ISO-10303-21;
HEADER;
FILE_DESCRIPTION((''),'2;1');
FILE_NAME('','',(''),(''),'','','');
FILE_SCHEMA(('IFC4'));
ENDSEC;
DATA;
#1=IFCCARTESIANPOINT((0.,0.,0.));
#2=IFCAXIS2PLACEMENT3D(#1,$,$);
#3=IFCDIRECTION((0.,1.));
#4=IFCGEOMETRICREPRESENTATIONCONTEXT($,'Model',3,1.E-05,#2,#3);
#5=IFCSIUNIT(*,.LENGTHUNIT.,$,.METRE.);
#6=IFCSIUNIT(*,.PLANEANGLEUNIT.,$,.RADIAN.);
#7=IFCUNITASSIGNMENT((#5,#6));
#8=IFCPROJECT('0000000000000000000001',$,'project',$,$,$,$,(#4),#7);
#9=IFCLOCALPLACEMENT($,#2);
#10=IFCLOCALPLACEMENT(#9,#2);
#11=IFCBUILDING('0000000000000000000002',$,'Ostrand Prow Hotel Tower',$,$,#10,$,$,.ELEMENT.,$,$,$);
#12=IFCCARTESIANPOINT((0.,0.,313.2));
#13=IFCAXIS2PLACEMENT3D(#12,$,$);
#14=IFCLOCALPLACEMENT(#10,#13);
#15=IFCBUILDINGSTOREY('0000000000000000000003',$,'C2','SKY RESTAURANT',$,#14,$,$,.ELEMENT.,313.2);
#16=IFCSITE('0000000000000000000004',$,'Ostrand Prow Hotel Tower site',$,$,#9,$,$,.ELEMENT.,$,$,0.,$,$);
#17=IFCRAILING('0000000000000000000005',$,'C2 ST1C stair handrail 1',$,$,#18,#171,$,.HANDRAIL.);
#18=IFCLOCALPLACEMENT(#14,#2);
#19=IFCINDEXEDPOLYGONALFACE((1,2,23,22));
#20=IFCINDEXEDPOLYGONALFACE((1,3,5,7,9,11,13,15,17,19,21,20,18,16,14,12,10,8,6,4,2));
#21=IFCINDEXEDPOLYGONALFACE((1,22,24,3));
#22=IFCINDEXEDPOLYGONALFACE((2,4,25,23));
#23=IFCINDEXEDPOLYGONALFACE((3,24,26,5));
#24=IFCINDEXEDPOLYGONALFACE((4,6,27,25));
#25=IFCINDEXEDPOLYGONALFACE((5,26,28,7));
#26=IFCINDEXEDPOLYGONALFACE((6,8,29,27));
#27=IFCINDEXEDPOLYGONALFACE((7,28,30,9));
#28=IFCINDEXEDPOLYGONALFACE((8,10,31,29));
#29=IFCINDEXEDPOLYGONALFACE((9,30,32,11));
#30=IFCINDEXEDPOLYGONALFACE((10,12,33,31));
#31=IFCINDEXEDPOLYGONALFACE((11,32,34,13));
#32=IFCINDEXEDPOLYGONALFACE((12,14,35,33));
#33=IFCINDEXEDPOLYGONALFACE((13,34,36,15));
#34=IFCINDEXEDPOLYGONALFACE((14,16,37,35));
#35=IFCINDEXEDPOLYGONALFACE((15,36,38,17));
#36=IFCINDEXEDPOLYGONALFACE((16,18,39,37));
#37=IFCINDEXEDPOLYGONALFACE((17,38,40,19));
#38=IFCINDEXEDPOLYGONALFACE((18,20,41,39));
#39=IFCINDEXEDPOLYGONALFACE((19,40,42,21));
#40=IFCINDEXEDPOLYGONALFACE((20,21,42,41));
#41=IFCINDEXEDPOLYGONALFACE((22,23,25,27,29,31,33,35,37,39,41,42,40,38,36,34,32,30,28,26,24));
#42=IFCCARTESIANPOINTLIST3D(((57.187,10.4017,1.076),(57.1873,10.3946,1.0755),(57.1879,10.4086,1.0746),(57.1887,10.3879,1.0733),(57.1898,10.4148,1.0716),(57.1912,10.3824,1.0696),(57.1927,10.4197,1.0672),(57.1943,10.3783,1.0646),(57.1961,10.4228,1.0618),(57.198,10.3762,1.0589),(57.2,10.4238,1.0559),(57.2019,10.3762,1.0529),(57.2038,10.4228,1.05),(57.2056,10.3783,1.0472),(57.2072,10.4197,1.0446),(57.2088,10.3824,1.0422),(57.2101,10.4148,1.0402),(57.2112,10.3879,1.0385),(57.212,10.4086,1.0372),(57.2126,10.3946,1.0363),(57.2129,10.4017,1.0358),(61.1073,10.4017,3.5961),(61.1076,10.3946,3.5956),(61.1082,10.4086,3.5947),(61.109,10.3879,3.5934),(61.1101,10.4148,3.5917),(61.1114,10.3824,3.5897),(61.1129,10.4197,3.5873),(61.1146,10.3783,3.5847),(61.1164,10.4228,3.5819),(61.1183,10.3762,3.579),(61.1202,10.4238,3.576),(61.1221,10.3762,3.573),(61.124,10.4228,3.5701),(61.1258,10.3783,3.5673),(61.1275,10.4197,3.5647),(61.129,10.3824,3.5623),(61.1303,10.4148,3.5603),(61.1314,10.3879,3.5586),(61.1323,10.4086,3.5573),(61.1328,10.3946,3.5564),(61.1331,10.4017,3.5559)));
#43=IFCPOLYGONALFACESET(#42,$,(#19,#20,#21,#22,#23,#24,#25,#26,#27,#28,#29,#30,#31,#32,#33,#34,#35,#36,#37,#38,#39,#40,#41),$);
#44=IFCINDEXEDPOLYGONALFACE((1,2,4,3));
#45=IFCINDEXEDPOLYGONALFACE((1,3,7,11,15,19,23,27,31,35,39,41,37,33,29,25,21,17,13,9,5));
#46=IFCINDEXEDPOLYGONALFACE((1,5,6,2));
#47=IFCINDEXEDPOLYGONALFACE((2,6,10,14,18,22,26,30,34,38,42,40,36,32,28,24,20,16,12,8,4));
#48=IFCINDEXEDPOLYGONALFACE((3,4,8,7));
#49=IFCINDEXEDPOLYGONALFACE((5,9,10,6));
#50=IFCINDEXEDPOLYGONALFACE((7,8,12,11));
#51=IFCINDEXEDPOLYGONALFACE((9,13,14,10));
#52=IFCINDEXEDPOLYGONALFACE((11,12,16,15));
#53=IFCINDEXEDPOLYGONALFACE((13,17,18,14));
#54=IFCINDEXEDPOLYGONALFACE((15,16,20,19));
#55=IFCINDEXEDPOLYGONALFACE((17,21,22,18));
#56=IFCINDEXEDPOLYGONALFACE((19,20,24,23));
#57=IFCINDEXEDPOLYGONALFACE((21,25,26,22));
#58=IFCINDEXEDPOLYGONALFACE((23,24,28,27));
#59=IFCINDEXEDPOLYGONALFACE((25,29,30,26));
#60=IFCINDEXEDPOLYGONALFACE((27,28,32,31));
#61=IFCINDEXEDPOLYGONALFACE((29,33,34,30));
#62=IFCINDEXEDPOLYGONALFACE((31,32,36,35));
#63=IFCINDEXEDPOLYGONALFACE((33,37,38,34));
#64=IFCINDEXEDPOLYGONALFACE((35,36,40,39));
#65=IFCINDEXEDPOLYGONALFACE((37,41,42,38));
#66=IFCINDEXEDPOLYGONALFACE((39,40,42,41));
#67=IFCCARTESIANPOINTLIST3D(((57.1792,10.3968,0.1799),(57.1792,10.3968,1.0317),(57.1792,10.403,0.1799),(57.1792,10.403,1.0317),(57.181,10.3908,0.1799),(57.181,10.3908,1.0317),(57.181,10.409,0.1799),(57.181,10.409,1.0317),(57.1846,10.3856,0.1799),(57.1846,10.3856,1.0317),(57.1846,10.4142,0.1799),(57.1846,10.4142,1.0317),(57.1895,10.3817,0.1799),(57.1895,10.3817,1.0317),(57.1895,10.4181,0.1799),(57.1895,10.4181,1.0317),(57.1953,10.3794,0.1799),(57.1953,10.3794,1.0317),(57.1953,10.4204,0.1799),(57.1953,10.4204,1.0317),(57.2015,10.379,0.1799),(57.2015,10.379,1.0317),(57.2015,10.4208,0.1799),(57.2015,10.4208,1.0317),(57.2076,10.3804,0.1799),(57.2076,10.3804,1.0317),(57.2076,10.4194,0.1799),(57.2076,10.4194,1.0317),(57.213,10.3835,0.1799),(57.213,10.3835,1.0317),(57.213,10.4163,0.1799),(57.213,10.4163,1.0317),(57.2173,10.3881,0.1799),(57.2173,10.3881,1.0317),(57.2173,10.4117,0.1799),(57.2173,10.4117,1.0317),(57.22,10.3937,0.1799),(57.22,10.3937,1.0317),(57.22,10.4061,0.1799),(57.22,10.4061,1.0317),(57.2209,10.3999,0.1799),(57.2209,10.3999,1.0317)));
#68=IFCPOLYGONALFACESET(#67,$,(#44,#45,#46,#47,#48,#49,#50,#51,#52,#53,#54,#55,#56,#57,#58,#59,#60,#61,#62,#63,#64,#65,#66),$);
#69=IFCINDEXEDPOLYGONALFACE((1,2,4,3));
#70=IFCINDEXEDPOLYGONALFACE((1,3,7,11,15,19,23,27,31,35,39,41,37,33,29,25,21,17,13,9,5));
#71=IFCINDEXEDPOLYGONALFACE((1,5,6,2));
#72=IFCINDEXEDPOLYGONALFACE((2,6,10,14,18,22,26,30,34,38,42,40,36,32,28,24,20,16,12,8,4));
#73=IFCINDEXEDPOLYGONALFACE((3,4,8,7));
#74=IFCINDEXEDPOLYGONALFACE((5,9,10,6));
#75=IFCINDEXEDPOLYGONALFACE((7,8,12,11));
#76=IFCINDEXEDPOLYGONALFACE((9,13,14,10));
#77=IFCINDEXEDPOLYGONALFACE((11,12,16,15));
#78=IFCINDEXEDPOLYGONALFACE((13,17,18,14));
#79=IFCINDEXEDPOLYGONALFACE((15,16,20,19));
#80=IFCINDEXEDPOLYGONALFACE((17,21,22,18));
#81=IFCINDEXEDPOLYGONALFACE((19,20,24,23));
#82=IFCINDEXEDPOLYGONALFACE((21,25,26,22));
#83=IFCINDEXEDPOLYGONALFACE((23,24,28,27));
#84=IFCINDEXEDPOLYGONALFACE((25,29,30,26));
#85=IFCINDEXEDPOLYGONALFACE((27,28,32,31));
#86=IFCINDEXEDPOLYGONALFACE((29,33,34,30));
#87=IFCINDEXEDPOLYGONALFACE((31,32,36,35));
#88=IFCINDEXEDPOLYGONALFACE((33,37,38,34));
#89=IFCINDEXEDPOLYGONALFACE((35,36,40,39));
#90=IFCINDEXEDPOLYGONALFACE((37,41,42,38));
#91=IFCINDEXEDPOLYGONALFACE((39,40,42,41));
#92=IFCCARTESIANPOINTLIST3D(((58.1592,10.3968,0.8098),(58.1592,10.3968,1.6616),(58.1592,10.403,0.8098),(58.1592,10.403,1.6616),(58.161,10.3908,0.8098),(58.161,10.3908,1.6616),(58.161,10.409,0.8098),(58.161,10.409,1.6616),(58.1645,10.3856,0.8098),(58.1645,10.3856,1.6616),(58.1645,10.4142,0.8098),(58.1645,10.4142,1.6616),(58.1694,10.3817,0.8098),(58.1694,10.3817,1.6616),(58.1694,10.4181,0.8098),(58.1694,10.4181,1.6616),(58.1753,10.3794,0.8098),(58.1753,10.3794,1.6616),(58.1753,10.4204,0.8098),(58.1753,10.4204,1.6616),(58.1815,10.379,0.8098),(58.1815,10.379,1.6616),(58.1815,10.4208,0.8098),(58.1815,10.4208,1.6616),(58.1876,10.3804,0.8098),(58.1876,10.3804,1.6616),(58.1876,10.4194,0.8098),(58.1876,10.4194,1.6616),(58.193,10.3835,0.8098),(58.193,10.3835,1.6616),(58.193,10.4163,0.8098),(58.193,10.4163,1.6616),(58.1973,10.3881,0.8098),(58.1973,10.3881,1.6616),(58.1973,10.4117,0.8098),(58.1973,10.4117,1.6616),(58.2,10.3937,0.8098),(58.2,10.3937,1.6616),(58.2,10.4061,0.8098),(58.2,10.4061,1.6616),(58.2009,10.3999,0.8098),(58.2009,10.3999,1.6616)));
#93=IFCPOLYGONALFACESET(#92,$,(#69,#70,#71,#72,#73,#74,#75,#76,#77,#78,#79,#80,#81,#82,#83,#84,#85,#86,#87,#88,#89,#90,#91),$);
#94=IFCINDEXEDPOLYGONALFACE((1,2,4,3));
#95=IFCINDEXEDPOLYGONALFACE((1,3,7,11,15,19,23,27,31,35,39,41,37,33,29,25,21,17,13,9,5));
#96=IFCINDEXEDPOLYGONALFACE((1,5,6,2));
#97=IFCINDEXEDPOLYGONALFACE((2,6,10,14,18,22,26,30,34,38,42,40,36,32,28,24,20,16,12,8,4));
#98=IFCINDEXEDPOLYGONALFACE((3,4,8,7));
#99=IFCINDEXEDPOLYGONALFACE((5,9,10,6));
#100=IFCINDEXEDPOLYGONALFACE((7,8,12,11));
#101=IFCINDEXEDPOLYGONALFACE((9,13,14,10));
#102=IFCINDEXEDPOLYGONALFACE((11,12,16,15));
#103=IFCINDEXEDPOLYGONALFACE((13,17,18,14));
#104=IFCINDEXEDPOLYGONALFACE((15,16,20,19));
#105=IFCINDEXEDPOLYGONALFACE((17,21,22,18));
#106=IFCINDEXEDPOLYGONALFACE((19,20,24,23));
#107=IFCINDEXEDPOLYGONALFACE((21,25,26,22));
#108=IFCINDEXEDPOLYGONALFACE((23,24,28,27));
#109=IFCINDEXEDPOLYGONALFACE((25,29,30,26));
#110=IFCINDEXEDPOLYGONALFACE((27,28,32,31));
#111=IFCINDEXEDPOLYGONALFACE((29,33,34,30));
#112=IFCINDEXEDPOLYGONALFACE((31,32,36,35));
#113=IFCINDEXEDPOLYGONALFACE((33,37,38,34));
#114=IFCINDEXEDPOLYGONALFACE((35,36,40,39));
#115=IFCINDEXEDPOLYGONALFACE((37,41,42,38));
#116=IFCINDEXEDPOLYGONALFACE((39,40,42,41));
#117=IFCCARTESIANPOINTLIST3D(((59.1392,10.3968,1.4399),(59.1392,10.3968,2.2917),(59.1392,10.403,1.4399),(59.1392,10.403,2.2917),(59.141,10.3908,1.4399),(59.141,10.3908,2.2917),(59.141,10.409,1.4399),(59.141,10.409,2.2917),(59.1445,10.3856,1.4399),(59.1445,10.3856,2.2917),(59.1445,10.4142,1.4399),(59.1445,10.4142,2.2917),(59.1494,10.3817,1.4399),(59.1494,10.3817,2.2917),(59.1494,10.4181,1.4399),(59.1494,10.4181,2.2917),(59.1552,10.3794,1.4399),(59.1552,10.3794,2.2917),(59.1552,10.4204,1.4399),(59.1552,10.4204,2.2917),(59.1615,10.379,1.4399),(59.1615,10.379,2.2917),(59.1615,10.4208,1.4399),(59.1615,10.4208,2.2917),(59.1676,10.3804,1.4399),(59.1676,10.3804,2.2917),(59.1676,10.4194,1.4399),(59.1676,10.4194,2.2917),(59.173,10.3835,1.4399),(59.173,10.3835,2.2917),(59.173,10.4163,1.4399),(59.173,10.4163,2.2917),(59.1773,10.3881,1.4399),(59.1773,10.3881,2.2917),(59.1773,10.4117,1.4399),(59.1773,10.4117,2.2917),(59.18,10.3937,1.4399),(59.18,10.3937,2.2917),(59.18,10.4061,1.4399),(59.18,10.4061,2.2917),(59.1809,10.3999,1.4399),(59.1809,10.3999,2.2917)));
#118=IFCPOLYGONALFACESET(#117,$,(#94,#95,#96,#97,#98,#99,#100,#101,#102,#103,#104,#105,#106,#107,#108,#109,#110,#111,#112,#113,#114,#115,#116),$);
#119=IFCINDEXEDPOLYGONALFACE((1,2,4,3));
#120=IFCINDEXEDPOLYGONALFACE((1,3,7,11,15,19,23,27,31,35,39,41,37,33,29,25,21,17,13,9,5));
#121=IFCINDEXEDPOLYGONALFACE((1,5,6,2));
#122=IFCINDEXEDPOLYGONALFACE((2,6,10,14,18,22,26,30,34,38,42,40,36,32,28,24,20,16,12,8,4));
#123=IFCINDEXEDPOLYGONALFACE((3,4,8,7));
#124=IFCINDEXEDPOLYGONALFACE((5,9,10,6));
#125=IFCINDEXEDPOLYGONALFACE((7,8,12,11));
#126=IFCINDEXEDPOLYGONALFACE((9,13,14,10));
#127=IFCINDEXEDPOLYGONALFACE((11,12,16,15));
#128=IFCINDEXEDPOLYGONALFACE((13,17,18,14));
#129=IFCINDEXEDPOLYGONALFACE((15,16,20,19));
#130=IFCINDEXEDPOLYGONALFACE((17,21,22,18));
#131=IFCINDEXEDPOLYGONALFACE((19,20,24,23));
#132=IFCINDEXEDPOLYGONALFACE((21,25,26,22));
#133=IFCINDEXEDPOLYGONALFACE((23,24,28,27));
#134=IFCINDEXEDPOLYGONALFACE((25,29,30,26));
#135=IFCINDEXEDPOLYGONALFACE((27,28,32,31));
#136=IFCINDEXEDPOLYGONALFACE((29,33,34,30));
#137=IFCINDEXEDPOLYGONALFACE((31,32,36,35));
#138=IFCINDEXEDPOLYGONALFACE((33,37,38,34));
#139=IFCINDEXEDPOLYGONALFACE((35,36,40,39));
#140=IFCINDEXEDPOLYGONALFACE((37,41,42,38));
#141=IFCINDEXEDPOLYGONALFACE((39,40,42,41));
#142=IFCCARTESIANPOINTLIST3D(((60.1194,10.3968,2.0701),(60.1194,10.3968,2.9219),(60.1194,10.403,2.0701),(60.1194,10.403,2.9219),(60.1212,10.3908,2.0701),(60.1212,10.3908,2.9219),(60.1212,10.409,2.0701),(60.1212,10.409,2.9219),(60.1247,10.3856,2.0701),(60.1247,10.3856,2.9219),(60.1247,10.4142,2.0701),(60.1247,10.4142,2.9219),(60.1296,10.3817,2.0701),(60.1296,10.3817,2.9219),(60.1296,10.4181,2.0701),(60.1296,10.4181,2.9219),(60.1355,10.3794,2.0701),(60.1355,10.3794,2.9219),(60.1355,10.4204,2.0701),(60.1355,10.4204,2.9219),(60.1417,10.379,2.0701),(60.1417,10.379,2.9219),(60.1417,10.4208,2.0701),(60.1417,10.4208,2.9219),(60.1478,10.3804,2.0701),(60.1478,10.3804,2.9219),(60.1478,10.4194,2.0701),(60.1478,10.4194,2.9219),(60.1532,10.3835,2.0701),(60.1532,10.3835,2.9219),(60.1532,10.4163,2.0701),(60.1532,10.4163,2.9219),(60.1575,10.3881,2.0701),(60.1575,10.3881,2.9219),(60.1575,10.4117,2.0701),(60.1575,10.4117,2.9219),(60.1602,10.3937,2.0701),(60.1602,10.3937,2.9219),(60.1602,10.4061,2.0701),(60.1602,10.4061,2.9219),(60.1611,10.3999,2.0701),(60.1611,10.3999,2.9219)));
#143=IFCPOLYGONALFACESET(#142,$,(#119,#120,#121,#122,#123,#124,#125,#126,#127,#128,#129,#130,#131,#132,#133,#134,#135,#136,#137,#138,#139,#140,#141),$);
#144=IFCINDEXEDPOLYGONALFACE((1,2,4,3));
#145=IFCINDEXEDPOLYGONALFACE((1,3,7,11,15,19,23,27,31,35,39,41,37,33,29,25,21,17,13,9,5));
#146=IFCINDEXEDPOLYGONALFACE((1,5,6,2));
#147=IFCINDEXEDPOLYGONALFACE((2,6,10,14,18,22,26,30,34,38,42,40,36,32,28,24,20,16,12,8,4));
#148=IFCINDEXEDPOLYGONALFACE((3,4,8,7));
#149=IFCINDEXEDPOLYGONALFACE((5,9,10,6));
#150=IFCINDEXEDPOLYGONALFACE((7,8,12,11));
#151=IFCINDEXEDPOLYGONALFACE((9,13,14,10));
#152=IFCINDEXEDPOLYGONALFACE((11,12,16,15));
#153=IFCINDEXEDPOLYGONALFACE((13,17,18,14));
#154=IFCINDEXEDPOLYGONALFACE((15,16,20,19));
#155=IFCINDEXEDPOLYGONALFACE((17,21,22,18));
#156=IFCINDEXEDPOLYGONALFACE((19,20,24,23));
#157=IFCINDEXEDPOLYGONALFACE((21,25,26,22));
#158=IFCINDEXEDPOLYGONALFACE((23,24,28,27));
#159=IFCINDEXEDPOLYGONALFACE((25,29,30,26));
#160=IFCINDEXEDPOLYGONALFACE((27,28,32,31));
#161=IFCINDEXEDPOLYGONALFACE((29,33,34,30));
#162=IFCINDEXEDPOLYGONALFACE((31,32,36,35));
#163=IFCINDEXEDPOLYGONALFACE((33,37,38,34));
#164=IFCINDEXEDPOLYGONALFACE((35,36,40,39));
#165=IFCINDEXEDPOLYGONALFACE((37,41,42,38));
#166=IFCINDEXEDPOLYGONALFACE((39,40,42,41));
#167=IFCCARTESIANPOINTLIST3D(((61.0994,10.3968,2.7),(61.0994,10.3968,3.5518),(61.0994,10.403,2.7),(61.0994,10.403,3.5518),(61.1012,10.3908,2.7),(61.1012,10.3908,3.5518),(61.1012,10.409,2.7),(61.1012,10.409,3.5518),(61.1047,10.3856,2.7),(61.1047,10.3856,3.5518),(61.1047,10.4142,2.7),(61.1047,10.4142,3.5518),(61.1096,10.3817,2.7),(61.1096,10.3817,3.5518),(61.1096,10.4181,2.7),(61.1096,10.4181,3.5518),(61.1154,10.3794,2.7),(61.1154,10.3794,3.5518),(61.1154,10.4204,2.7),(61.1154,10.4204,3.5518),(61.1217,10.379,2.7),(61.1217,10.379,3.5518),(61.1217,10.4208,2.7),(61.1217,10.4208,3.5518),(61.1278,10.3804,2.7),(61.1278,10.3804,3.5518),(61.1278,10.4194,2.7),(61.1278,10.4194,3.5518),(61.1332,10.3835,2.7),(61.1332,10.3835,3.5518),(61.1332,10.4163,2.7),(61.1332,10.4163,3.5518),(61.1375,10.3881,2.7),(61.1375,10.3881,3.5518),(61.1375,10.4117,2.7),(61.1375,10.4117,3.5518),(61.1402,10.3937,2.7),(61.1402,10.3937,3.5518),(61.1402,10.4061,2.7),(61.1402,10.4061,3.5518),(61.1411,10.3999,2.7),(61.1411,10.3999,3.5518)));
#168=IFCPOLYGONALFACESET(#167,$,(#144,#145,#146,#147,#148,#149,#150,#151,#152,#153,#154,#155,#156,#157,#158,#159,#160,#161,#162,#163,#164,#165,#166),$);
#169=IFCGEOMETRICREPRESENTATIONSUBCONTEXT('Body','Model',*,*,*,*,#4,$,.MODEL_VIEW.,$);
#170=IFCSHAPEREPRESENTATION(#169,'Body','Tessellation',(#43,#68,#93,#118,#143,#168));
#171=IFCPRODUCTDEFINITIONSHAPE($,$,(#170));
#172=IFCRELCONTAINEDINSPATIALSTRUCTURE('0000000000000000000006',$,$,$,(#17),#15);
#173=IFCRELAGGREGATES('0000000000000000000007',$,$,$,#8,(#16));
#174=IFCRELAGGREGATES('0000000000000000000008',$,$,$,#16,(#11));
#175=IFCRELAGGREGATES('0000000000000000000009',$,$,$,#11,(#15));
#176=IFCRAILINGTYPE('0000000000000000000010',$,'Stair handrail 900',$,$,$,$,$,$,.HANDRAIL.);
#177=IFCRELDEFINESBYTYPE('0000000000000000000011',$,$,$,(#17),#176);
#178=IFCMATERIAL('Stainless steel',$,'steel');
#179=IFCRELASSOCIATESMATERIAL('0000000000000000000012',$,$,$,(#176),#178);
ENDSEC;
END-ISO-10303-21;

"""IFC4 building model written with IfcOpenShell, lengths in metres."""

from ifc_helpers import new_model, si_unit, direction, frame, origin, origin_2d, place, context, subcontext, project, spatial, circle, extrude, material, type_object, element, save


model = new_model("IFC4")

# Units and contexts
model_context = context("Model", 3, precision=1e-05, world=origin(), true_north=direction((0.0, 1.0)))
body_context = subcontext(model_context, "Body", "Model", "MODEL_VIEW")
ifc_project = project(units=[si_unit("LENGTHUNIT", "METRE"), si_unit("PLANEANGLEUNIT", "RADIAN")], contexts=[model_context])

# Site, building, storey
site_placement = place(None, origin())
site = spatial("IfcSite", under=ifc_project, at=site_placement, Name="Ostrand Prow Hotel Tower site", CompositionType="ELEMENT", RefElevation=0.0)
building_placement = place(site_placement, origin())
building = spatial("IfcBuilding", under=site, at=building_placement, Name="Ostrand Prow Hotel Tower", CompositionType="ELEMENT")
storey_placement = place(building_placement, frame((0.0, 0.0, 313.2)))
storey = spatial("IfcBuildingStorey", under=building, at=storey_placement, Name="C2", Description="SKY RESTAURANT", CompositionType="ELEMENT", Elevation=313.2)

# Railing
ifc_material_1 = material(Name="Stainless steel", Category="steel")
railing_type_1 = type_object("IfcRailingType", Name="Stair handrail 900", PredefinedType="HANDRAIL", material=ifc_material_1)
railing_1_placement = place(storey_placement, frame((57.2, 10.3999, 0.1799)))
element("IfcRailing", 1, at=railing_1_placement, inside=storey, type_object=railing_type_1, Name="C2 ST1C stair handrail 1", PredefinedType="HANDRAIL", context=body_context, shape_type="SweptSolid", body=[
    extrude(circle(Radius=0.0239, at=origin_2d()), frame((0.0, 0.0, 0.876), z_axis=(0.841187, 0.0, 0.540744), x_axis=(0.0, 1.0, 0.0)), (0.0, 0.0, 1.0), 4.6604),
    extrude(circle(Radius=0.021, at=origin_2d()), origin(), (0.0, 0.0, 1.0), 0.8518),
    extrude(circle(Radius=0.021, at=origin_2d()), frame((0.98, 0.0, 0.6299)), (0.0, 0.0, 1.0), 0.8518),
    extrude(circle(Radius=0.021, at=origin_2d()), frame((1.96, 0.0, 1.26)), (0.0, 0.0, 1.0), 0.8518),
    extrude(circle(Radius=0.021, at=origin_2d()), frame((2.9402, 0.0, 1.8901)), (0.0, 0.0, 1.0), 0.8518),
    extrude(circle(Radius=0.021, at=origin_2d()), frame((3.9202, 0.0, 2.52)), (0.0, 0.0, 1.0), 0.8518),
])

save(model, "model.ifc")
